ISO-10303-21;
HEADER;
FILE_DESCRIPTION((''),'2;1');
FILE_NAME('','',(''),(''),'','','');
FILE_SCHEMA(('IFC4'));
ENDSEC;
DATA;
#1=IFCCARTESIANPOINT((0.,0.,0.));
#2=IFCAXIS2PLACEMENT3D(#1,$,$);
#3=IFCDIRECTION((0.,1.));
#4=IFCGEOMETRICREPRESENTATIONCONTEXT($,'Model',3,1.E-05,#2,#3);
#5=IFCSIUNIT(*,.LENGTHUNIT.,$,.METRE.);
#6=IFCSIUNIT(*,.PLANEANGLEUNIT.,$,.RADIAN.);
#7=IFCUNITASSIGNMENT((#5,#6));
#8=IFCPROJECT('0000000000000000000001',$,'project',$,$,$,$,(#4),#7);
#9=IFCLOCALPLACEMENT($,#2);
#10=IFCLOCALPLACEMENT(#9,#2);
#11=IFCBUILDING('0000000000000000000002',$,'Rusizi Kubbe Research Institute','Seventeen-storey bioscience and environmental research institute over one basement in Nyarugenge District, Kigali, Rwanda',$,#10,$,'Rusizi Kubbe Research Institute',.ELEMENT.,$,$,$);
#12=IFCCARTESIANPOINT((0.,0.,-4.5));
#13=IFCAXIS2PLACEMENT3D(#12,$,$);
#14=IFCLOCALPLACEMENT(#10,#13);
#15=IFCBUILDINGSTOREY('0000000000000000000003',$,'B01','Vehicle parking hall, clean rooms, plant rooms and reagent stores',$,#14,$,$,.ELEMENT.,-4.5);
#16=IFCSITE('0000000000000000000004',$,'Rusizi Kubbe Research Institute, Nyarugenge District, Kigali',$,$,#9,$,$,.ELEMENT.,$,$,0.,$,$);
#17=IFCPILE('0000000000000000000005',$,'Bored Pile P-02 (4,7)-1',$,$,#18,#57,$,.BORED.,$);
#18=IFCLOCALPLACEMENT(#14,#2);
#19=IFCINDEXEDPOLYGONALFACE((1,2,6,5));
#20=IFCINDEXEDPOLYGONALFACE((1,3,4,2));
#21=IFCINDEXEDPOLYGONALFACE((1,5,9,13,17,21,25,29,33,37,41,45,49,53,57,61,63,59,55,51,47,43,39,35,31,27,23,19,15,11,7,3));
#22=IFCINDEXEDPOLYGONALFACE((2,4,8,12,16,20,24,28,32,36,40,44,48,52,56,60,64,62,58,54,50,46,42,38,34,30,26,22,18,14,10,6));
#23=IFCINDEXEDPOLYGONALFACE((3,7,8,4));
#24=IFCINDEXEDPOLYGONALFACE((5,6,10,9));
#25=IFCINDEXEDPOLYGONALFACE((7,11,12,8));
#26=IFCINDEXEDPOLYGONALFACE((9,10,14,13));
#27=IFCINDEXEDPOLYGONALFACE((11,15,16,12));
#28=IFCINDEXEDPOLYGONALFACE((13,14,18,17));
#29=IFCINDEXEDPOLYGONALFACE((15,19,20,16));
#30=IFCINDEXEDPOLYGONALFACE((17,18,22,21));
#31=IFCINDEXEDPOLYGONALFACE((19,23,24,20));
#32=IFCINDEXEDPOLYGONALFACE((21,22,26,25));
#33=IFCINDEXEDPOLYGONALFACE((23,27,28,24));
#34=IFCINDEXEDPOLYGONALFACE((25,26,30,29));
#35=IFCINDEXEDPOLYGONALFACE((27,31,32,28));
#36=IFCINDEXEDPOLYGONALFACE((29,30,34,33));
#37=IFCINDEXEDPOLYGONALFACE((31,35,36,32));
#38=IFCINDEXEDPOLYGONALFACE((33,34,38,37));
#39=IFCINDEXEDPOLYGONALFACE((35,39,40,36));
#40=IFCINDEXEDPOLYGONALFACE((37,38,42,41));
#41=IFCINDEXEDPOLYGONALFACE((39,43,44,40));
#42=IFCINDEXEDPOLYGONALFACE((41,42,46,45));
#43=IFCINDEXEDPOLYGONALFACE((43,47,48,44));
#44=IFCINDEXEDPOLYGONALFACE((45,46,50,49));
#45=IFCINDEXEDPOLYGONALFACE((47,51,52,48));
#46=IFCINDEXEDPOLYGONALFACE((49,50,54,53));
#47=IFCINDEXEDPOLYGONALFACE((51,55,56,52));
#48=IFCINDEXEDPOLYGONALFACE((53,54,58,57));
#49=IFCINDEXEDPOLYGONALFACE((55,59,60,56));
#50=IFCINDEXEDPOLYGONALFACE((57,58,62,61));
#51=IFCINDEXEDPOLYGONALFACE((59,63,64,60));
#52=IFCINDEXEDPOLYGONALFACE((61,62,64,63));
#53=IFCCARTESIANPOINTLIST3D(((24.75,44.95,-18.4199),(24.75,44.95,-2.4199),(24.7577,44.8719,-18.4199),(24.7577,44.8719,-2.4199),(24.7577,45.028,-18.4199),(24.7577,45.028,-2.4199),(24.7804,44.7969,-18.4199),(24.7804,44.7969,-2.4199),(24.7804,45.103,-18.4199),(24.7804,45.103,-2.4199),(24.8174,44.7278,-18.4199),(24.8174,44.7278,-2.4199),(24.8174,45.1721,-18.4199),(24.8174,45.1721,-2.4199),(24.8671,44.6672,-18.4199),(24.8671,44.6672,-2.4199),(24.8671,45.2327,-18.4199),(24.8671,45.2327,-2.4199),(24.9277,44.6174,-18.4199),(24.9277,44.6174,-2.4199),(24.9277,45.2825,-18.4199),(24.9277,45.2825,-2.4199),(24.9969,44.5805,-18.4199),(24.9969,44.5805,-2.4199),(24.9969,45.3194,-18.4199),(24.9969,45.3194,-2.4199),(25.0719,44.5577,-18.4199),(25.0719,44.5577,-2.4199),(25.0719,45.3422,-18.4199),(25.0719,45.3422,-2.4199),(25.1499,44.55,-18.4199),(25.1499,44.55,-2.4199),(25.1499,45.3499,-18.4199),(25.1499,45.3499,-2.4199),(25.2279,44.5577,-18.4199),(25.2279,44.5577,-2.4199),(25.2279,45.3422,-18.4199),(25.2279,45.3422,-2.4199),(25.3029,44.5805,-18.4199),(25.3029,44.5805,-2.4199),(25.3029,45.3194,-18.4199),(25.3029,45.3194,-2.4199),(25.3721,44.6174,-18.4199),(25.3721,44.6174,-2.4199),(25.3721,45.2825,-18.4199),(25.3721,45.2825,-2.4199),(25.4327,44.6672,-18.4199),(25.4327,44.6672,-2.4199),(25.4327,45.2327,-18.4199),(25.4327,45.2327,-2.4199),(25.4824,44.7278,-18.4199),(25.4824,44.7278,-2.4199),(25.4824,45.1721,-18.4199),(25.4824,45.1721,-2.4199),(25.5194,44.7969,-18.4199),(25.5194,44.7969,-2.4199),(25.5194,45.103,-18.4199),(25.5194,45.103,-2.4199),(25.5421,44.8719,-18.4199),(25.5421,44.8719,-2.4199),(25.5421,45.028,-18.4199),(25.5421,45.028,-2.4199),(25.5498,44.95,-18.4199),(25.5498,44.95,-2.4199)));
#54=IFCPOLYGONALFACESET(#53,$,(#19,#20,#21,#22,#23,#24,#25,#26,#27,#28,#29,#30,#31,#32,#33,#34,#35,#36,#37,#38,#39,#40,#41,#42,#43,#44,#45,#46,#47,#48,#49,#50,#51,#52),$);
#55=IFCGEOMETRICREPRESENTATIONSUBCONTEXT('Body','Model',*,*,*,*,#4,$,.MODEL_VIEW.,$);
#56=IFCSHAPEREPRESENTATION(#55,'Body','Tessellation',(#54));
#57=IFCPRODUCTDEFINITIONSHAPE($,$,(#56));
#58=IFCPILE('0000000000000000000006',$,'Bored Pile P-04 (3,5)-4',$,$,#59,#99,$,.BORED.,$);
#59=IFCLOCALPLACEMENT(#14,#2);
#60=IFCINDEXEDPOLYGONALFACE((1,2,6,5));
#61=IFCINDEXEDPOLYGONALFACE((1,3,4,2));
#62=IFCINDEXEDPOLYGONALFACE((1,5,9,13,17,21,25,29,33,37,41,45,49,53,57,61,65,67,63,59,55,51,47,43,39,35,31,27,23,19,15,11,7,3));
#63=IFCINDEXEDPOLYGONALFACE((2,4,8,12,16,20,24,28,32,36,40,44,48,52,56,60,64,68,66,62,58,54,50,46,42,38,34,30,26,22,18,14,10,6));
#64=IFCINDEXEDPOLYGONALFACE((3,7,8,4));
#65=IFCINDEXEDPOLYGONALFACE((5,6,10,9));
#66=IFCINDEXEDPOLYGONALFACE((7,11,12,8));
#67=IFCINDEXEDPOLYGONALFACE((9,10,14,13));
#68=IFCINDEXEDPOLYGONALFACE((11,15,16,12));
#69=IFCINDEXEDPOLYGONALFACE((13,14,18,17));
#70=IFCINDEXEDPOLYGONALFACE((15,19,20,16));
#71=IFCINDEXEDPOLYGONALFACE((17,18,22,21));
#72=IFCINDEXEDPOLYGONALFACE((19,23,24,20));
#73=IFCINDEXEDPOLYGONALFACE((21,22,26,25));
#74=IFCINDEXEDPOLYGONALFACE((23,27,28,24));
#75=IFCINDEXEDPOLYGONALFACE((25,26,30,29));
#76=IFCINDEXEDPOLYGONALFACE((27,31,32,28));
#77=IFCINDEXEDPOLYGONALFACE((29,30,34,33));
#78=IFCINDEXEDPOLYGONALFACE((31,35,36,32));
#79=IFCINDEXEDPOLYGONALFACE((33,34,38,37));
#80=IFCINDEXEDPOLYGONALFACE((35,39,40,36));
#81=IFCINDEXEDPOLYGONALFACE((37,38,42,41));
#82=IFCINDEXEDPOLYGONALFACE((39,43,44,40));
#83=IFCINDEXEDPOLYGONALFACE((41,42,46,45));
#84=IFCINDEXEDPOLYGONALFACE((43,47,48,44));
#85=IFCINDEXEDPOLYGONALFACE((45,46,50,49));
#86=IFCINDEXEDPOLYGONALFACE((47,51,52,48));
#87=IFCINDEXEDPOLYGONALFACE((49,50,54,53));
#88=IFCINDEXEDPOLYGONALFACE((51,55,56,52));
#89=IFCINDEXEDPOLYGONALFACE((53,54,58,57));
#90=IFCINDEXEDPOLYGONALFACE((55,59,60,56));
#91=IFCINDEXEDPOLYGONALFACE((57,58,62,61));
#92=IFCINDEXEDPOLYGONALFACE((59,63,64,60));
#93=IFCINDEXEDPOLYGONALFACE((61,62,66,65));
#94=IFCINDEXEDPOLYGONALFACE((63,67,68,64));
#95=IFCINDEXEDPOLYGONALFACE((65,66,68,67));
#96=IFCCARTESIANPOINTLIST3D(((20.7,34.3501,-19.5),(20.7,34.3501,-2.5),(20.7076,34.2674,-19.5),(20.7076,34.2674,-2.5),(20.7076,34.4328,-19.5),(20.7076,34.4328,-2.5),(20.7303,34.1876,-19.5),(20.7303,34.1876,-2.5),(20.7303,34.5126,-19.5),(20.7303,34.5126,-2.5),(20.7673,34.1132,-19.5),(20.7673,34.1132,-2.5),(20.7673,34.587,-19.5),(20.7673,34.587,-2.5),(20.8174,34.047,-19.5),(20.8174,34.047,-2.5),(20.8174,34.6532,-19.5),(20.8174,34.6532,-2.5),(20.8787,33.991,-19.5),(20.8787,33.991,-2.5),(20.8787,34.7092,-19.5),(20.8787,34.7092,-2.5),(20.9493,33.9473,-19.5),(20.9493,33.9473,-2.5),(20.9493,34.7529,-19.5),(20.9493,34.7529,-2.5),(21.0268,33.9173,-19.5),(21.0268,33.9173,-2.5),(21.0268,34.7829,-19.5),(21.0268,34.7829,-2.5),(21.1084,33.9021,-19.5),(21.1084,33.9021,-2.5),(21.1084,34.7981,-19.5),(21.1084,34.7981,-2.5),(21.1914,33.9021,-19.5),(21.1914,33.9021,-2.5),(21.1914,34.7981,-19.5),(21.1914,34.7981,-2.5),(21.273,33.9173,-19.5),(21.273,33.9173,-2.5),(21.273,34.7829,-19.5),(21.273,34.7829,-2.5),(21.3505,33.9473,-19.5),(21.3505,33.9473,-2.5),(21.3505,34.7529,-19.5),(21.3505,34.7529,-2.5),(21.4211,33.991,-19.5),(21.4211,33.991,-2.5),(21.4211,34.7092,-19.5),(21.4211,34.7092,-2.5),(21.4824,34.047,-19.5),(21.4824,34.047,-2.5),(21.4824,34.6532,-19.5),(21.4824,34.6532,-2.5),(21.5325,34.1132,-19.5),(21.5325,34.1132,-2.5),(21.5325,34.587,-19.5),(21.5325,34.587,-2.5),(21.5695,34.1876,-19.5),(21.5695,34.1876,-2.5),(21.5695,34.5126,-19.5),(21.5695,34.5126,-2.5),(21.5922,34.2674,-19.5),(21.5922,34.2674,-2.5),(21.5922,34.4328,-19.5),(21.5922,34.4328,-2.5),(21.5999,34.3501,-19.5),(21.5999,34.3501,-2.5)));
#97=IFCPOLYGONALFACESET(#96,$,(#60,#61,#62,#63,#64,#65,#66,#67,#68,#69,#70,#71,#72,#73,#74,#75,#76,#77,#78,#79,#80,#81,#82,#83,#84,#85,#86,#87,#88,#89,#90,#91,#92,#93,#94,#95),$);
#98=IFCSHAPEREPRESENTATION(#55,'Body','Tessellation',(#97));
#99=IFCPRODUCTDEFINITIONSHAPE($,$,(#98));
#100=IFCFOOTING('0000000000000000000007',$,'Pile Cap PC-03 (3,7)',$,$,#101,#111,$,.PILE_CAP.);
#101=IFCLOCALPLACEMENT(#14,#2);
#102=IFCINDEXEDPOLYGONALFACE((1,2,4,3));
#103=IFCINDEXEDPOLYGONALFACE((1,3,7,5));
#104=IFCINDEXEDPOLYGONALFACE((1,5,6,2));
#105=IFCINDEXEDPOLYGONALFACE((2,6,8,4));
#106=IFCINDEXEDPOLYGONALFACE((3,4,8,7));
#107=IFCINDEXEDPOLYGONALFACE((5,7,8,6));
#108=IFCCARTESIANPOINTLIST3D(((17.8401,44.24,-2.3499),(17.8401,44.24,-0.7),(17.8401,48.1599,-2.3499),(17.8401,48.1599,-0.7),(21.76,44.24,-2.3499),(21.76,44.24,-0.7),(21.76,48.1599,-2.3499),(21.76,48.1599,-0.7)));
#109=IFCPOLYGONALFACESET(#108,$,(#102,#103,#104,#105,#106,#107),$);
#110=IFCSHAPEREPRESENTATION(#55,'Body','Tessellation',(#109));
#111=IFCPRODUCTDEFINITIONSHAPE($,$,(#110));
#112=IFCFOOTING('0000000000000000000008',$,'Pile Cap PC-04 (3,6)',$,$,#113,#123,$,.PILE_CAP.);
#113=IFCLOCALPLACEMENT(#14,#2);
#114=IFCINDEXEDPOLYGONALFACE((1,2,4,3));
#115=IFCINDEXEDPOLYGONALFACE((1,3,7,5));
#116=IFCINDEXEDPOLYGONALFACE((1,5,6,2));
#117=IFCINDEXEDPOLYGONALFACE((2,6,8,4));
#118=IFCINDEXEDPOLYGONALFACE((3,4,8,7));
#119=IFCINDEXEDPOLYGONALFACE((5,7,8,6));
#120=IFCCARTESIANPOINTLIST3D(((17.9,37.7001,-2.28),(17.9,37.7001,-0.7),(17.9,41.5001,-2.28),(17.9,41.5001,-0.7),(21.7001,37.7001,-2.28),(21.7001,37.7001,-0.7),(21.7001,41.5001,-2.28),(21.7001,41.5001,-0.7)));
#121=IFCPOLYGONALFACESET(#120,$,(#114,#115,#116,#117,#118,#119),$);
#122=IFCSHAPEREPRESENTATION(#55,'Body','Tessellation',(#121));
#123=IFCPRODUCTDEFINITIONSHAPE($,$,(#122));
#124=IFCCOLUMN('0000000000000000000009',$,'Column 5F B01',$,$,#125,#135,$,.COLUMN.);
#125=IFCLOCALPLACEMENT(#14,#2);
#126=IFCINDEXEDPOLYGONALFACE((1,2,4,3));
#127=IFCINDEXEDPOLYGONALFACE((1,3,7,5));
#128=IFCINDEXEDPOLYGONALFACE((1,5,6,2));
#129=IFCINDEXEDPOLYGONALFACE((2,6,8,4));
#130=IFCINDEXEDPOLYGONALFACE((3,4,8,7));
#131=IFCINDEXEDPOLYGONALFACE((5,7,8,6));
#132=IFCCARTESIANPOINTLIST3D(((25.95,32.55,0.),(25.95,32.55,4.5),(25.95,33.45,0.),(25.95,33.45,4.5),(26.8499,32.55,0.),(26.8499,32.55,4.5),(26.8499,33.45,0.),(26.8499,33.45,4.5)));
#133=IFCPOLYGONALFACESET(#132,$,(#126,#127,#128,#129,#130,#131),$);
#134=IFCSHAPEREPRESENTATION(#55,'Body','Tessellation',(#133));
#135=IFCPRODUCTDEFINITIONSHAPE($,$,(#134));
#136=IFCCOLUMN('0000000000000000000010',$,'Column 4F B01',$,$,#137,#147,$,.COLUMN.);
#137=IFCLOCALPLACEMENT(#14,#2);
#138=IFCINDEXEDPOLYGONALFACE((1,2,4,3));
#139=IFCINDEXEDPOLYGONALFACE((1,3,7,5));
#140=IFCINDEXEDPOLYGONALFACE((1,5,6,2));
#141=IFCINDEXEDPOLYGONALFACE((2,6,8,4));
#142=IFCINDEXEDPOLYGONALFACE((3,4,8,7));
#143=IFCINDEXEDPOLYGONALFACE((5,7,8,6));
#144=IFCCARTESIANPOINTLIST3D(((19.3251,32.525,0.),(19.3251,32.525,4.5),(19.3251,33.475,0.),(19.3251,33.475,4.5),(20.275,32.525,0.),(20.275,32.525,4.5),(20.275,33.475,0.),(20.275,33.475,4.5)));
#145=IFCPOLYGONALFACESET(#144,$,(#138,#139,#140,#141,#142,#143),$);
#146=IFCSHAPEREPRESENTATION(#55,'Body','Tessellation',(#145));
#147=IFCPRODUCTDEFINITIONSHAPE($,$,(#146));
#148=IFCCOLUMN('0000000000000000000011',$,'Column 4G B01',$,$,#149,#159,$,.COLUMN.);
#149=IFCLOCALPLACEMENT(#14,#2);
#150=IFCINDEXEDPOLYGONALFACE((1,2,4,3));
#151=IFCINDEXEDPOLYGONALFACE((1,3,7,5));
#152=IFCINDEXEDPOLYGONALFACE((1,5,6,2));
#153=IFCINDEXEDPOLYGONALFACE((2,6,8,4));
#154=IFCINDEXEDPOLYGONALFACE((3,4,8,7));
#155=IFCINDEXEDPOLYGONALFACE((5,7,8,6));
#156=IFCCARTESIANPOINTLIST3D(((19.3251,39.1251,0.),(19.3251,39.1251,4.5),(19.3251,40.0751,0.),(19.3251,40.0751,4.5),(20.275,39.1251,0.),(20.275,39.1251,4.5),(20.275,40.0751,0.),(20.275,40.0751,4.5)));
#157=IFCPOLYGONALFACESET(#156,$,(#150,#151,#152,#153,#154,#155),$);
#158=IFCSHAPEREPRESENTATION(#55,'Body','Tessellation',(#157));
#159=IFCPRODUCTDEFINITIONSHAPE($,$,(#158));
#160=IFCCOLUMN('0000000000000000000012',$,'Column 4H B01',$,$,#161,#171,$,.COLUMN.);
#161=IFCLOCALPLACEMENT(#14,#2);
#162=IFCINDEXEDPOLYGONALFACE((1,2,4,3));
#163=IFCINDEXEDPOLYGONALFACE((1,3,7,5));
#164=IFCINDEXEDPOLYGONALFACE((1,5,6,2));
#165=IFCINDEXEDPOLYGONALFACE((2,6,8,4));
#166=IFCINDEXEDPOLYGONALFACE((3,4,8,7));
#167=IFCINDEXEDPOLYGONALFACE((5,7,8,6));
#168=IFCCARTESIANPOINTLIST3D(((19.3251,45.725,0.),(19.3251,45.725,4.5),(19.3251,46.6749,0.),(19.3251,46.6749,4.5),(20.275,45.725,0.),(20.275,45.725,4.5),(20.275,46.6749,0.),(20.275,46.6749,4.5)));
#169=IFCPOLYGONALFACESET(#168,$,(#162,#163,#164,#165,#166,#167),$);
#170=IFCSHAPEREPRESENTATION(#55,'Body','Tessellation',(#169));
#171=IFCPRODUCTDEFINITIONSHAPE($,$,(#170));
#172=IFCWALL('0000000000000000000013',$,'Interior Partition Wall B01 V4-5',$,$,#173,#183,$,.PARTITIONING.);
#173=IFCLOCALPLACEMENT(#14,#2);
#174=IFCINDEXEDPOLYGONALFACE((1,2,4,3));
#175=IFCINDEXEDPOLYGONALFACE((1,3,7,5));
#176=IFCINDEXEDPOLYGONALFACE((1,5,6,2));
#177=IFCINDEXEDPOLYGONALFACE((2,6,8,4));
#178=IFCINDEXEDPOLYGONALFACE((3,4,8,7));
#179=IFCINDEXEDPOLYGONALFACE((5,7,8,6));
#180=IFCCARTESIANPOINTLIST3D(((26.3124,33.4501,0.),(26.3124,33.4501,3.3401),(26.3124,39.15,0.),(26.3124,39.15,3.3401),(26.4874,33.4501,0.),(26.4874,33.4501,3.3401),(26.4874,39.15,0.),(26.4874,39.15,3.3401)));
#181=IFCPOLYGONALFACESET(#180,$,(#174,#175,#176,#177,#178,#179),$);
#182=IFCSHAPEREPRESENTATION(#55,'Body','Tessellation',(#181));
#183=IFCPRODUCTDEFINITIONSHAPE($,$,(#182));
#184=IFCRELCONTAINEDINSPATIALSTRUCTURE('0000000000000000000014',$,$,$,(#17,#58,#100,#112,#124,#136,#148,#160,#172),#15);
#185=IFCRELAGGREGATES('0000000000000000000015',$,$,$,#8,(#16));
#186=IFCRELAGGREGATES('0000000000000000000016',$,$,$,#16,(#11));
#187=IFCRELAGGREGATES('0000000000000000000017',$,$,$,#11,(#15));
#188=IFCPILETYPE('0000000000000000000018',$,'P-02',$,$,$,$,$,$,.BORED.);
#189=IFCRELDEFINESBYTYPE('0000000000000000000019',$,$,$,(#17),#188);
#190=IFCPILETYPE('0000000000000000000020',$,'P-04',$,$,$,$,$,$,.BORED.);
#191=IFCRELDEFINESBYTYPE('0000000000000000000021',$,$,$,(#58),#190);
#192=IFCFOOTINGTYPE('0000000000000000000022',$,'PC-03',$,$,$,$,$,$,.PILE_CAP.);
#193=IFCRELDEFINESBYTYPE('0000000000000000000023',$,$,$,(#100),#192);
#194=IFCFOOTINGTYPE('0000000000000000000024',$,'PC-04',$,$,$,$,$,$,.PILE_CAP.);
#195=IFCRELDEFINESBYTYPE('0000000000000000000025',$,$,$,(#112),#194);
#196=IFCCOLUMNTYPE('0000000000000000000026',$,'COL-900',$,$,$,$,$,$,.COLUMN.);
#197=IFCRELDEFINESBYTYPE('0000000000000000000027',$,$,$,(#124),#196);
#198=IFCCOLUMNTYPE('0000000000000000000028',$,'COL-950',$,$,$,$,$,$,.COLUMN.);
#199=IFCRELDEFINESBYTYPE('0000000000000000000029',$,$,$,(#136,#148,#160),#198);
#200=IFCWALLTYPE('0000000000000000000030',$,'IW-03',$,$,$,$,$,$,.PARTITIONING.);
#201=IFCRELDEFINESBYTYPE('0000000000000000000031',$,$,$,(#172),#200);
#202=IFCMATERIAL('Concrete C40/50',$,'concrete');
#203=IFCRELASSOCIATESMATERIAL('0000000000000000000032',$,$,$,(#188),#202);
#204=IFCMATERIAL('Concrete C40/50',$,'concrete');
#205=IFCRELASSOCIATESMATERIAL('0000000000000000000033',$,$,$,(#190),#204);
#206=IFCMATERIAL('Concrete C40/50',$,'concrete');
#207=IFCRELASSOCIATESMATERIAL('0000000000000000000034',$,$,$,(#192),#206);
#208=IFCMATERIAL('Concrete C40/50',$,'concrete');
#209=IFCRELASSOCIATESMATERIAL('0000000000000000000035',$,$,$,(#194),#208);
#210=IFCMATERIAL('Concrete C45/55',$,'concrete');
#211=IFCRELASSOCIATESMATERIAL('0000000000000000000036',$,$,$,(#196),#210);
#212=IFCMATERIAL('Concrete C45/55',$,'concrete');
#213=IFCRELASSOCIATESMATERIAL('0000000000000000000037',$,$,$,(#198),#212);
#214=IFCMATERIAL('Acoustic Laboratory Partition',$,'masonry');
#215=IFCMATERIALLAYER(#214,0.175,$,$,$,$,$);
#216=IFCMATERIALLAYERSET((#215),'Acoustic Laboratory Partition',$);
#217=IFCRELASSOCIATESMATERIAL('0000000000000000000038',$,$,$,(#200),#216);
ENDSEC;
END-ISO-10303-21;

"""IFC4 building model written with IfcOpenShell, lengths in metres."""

from ifc_helpers import new_model, si_unit, direction, frame, frame_2d, origin, origin_2d, place, context, subcontext, project, spatial, rectangle, circle, extrude, material, layer, layer_set, material_profile, profile_set, type_object, element, save


model = new_model("IFC4")

# Units and contexts
model_context = context("Model", 3, precision=1e-05, world=origin(), true_north=direction((0.0, 1.0)))
body_context = subcontext(model_context, "Body", "Model", "MODEL_VIEW")
ifc_project = project(units=[si_unit("LENGTHUNIT", "METRE"), si_unit("PLANEANGLEUNIT", "RADIAN")], contexts=[model_context])

# Site, building, storey
site_placement = place(None, origin())
site = spatial("IfcSite", under=ifc_project, at=site_placement, Name="Rusizi Kubbe Research Institute, Nyarugenge District, Kigali", CompositionType="ELEMENT", RefElevation=0.0)
building_placement = place(site_placement, origin())
building = spatial("IfcBuilding", under=site, at=building_placement, Name="Rusizi Kubbe Research Institute", Description="Seventeen-storey bioscience and environmental research institute over one basement in Nyarugenge District, Kigali, Rwanda", LongName="Rusizi Kubbe Research Institute", CompositionType="ELEMENT")
storey_placement = place(building_placement, frame((0.0, 0.0, -4.5)))
storey = spatial("IfcBuildingStorey", under=building, at=storey_placement, Name="B01", Description="Vehicle parking hall, clean rooms, plant rooms and reagent stores", CompositionType="ELEMENT", Elevation=-4.5)

# Piles
ifc_material_1 = material(Name="Concrete C40/50", Category="concrete")
ifc_material_profile_1 = material_profile(ifc_material_1, circle(Radius=0.3999, at=origin_2d()), Name="PILE-D800")
ifc_profile_set_1 = profile_set([ifc_material_profile_1], Name="Concrete C40/50")
pile_type_1 = type_object("IfcPileType", Name="P-02", PredefinedType="BORED", material=ifc_profile_set_1)
pile_1_placement = place(storey_placement, frame((25.1499, 44.95, -2.4199), z_axis=(0.0, 0.0, -1.0), x_axis=(1.0, 0.0, 0.0)))
element("IfcPile", 1, at=pile_1_placement, inside=storey, type_object=pile_type_1, Name="Bored Pile P-02 (4,7)-1", PredefinedType="BORED", context=body_context, shape_type="SweptSolid", body=[
    extrude(circle(Radius=0.3999, at=origin_2d()), origin(), (0.0, 0.0, 1.0), 16.0),
])
ifc_material_2 = material(Name="Concrete C40/50", Category="concrete")
ifc_material_profile_2 = material_profile(ifc_material_2, circle(Radius=0.45, at=origin_2d()), Name="PILE-D900")
ifc_profile_set_2 = profile_set([ifc_material_profile_2], Name="Concrete C40/50")
pile_type_2 = type_object("IfcPileType", Name="P-04", PredefinedType="BORED", material=ifc_profile_set_2)
pile_2_placement = place(storey_placement, frame((21.1499, 34.3501, -2.5), z_axis=(0.0, 0.0, -1.0), x_axis=(1.0, 0.0, 0.0)))
element("IfcPile", 2, at=pile_2_placement, inside=storey, type_object=pile_type_2, Name="Bored Pile P-04 (3,5)-4", PredefinedType="BORED", context=body_context, shape_type="SweptSolid", body=[
    extrude(circle(Radius=0.45, at=origin_2d()), origin(), (0.0, 0.0, 1.0), 17.0),
])

# Footings
ifc_material_3 = material(Name="Concrete C40/50", Category="concrete")
footing_type_1 = type_object("IfcFootingType", Name="PC-03", PredefinedType="PILE_CAP", material=ifc_material_3)
footing_1_placement = place(storey_placement, frame((19.8, 46.2, -2.3499), z_axis=(0.0, 0.0, 1.0), x_axis=(1.0, 0.0, 0.0)))
element("IfcFooting", 3, at=footing_1_placement, inside=storey, type_object=footing_type_1, Name="Pile Cap PC-03 (3,7)", PredefinedType="PILE_CAP", context=body_context, shape_type="SweptSolid", body=[
    extrude(rectangle(XDim=3.9199, YDim=3.9199, at=origin_2d()), origin(), (0.0, 0.0, 1.0), 1.6499),
])
ifc_material_4 = material(Name="Concrete C40/50", Category="concrete")
footing_type_2 = type_object("IfcFootingType", Name="PC-04", PredefinedType="PILE_CAP", material=ifc_material_4)
footing_2_placement = place(storey_placement, frame((19.8, 39.6001, -2.28), z_axis=(0.0, 0.0, 1.0), x_axis=(1.0, 0.0, 0.0)))
element("IfcFooting", 4, at=footing_2_placement, inside=storey, type_object=footing_type_2, Name="Pile Cap PC-04 (3,6)", PredefinedType="PILE_CAP", context=body_context, shape_type="SweptSolid", body=[
    extrude(rectangle(XDim=3.8, YDim=3.8, at=origin_2d()), origin(), (0.0, 0.0, 1.0), 1.5801),
])

# Columns
ifc_material_5 = material(Name="Concrete C45/55", Category="concrete")
ifc_material_profile_3 = material_profile(ifc_material_5, rectangle(XDim=0.8999, YDim=0.8999, at=origin_2d()), Name="RC900x900")
ifc_profile_set_3 = profile_set([ifc_material_profile_3], Name="Concrete C45/55")
column_type_1 = type_object("IfcColumnType", Name="COL-900", PredefinedType="COLUMN", material=ifc_profile_set_3)
column_placement = place(storey_placement, frame((26.3999, 33.0, 0.0), z_axis=(0.0, 0.0, 1.0), x_axis=(1.0, 0.0, 0.0)))
element("IfcColumn", 5, at=column_placement, inside=storey, type_object=column_type_1, Name="Column 5F B01", PredefinedType="COLUMN", context=body_context, shape_type="SweptSolid", body=[
    extrude(rectangle(XDim=0.8999, YDim=0.8999, at=origin_2d()), origin(), (0.0, 0.0, 1.0), 4.5),
])
ifc_material_6 = material(Name="Concrete C45/55", Category="concrete")
ifc_material_profile_4 = material_profile(ifc_material_6, rectangle(XDim=0.95, YDim=0.95, at=origin_2d()), Name="RC950x950")
ifc_profile_set_4 = profile_set([ifc_material_profile_4], Name="Concrete C45/55")
column_type_2 = type_object("IfcColumnType", Name="COL-950", PredefinedType="COLUMN", material=ifc_profile_set_4)
for number, where, z_axis, x_axis, name in (
    (6, (19.8, 33.0, 0.0), (0.0, 0.0, 1.0), (1.0, 0.0, 0.0), "Column 4F B01"),
    (7, (19.8, 39.6001, 0.0), (0.0, 0.0, 1.0), (1.0, 0.0, 0.0), "Column 4G B01"),
    (8, (19.8, 46.2, 0.0), (0.0, 0.0, 1.0), (1.0, 0.0, 0.0), "Column 4H B01"),
):
    element("IfcColumn", number, at=place(storey_placement, frame(where, z_axis=z_axis, x_axis=x_axis)), inside=storey, type_object=column_type_2, Name=name, PredefinedType="COLUMN", context=body_context, shape_type="SweptSolid", body=[
        extrude(rectangle(XDim=0.95, YDim=0.95, at=origin_2d()), origin(), (0.0, 0.0, 1.0), 4.5),
    ])

# Wall
ifc_material_7 = material(Name="Acoustic Laboratory Partition", Category="masonry")
ifc_layer_1 = layer(ifc_material_7, 0.175)
ifc_layer_set_1 = layer_set([ifc_layer_1], Name="Acoustic Laboratory Partition")
wall_type_1 = type_object("IfcWallType", Name="IW-03", PredefinedType="PARTITIONING", material=ifc_layer_set_1)
wall_1_placement = place(storey_placement, frame((26.3999, 33.45, 0.0), z_axis=(0.0, 0.0, 1.0), x_axis=(0.0, 1.0, 0.0)))
element("IfcWall", 9, at=wall_1_placement, inside=storey, type_object=wall_type_1, Name="Interior Partition Wall B01 V4-5", PredefinedType="PARTITIONING", context=body_context, shape_type="SweptSolid", body=[
    extrude(rectangle(XDim=5.7, YDim=0.175, at=frame_2d((2.8501, 0.0))), origin(), (0.0, 0.0, 1.0), 3.3401),
])

save(model, "model.ifc")
